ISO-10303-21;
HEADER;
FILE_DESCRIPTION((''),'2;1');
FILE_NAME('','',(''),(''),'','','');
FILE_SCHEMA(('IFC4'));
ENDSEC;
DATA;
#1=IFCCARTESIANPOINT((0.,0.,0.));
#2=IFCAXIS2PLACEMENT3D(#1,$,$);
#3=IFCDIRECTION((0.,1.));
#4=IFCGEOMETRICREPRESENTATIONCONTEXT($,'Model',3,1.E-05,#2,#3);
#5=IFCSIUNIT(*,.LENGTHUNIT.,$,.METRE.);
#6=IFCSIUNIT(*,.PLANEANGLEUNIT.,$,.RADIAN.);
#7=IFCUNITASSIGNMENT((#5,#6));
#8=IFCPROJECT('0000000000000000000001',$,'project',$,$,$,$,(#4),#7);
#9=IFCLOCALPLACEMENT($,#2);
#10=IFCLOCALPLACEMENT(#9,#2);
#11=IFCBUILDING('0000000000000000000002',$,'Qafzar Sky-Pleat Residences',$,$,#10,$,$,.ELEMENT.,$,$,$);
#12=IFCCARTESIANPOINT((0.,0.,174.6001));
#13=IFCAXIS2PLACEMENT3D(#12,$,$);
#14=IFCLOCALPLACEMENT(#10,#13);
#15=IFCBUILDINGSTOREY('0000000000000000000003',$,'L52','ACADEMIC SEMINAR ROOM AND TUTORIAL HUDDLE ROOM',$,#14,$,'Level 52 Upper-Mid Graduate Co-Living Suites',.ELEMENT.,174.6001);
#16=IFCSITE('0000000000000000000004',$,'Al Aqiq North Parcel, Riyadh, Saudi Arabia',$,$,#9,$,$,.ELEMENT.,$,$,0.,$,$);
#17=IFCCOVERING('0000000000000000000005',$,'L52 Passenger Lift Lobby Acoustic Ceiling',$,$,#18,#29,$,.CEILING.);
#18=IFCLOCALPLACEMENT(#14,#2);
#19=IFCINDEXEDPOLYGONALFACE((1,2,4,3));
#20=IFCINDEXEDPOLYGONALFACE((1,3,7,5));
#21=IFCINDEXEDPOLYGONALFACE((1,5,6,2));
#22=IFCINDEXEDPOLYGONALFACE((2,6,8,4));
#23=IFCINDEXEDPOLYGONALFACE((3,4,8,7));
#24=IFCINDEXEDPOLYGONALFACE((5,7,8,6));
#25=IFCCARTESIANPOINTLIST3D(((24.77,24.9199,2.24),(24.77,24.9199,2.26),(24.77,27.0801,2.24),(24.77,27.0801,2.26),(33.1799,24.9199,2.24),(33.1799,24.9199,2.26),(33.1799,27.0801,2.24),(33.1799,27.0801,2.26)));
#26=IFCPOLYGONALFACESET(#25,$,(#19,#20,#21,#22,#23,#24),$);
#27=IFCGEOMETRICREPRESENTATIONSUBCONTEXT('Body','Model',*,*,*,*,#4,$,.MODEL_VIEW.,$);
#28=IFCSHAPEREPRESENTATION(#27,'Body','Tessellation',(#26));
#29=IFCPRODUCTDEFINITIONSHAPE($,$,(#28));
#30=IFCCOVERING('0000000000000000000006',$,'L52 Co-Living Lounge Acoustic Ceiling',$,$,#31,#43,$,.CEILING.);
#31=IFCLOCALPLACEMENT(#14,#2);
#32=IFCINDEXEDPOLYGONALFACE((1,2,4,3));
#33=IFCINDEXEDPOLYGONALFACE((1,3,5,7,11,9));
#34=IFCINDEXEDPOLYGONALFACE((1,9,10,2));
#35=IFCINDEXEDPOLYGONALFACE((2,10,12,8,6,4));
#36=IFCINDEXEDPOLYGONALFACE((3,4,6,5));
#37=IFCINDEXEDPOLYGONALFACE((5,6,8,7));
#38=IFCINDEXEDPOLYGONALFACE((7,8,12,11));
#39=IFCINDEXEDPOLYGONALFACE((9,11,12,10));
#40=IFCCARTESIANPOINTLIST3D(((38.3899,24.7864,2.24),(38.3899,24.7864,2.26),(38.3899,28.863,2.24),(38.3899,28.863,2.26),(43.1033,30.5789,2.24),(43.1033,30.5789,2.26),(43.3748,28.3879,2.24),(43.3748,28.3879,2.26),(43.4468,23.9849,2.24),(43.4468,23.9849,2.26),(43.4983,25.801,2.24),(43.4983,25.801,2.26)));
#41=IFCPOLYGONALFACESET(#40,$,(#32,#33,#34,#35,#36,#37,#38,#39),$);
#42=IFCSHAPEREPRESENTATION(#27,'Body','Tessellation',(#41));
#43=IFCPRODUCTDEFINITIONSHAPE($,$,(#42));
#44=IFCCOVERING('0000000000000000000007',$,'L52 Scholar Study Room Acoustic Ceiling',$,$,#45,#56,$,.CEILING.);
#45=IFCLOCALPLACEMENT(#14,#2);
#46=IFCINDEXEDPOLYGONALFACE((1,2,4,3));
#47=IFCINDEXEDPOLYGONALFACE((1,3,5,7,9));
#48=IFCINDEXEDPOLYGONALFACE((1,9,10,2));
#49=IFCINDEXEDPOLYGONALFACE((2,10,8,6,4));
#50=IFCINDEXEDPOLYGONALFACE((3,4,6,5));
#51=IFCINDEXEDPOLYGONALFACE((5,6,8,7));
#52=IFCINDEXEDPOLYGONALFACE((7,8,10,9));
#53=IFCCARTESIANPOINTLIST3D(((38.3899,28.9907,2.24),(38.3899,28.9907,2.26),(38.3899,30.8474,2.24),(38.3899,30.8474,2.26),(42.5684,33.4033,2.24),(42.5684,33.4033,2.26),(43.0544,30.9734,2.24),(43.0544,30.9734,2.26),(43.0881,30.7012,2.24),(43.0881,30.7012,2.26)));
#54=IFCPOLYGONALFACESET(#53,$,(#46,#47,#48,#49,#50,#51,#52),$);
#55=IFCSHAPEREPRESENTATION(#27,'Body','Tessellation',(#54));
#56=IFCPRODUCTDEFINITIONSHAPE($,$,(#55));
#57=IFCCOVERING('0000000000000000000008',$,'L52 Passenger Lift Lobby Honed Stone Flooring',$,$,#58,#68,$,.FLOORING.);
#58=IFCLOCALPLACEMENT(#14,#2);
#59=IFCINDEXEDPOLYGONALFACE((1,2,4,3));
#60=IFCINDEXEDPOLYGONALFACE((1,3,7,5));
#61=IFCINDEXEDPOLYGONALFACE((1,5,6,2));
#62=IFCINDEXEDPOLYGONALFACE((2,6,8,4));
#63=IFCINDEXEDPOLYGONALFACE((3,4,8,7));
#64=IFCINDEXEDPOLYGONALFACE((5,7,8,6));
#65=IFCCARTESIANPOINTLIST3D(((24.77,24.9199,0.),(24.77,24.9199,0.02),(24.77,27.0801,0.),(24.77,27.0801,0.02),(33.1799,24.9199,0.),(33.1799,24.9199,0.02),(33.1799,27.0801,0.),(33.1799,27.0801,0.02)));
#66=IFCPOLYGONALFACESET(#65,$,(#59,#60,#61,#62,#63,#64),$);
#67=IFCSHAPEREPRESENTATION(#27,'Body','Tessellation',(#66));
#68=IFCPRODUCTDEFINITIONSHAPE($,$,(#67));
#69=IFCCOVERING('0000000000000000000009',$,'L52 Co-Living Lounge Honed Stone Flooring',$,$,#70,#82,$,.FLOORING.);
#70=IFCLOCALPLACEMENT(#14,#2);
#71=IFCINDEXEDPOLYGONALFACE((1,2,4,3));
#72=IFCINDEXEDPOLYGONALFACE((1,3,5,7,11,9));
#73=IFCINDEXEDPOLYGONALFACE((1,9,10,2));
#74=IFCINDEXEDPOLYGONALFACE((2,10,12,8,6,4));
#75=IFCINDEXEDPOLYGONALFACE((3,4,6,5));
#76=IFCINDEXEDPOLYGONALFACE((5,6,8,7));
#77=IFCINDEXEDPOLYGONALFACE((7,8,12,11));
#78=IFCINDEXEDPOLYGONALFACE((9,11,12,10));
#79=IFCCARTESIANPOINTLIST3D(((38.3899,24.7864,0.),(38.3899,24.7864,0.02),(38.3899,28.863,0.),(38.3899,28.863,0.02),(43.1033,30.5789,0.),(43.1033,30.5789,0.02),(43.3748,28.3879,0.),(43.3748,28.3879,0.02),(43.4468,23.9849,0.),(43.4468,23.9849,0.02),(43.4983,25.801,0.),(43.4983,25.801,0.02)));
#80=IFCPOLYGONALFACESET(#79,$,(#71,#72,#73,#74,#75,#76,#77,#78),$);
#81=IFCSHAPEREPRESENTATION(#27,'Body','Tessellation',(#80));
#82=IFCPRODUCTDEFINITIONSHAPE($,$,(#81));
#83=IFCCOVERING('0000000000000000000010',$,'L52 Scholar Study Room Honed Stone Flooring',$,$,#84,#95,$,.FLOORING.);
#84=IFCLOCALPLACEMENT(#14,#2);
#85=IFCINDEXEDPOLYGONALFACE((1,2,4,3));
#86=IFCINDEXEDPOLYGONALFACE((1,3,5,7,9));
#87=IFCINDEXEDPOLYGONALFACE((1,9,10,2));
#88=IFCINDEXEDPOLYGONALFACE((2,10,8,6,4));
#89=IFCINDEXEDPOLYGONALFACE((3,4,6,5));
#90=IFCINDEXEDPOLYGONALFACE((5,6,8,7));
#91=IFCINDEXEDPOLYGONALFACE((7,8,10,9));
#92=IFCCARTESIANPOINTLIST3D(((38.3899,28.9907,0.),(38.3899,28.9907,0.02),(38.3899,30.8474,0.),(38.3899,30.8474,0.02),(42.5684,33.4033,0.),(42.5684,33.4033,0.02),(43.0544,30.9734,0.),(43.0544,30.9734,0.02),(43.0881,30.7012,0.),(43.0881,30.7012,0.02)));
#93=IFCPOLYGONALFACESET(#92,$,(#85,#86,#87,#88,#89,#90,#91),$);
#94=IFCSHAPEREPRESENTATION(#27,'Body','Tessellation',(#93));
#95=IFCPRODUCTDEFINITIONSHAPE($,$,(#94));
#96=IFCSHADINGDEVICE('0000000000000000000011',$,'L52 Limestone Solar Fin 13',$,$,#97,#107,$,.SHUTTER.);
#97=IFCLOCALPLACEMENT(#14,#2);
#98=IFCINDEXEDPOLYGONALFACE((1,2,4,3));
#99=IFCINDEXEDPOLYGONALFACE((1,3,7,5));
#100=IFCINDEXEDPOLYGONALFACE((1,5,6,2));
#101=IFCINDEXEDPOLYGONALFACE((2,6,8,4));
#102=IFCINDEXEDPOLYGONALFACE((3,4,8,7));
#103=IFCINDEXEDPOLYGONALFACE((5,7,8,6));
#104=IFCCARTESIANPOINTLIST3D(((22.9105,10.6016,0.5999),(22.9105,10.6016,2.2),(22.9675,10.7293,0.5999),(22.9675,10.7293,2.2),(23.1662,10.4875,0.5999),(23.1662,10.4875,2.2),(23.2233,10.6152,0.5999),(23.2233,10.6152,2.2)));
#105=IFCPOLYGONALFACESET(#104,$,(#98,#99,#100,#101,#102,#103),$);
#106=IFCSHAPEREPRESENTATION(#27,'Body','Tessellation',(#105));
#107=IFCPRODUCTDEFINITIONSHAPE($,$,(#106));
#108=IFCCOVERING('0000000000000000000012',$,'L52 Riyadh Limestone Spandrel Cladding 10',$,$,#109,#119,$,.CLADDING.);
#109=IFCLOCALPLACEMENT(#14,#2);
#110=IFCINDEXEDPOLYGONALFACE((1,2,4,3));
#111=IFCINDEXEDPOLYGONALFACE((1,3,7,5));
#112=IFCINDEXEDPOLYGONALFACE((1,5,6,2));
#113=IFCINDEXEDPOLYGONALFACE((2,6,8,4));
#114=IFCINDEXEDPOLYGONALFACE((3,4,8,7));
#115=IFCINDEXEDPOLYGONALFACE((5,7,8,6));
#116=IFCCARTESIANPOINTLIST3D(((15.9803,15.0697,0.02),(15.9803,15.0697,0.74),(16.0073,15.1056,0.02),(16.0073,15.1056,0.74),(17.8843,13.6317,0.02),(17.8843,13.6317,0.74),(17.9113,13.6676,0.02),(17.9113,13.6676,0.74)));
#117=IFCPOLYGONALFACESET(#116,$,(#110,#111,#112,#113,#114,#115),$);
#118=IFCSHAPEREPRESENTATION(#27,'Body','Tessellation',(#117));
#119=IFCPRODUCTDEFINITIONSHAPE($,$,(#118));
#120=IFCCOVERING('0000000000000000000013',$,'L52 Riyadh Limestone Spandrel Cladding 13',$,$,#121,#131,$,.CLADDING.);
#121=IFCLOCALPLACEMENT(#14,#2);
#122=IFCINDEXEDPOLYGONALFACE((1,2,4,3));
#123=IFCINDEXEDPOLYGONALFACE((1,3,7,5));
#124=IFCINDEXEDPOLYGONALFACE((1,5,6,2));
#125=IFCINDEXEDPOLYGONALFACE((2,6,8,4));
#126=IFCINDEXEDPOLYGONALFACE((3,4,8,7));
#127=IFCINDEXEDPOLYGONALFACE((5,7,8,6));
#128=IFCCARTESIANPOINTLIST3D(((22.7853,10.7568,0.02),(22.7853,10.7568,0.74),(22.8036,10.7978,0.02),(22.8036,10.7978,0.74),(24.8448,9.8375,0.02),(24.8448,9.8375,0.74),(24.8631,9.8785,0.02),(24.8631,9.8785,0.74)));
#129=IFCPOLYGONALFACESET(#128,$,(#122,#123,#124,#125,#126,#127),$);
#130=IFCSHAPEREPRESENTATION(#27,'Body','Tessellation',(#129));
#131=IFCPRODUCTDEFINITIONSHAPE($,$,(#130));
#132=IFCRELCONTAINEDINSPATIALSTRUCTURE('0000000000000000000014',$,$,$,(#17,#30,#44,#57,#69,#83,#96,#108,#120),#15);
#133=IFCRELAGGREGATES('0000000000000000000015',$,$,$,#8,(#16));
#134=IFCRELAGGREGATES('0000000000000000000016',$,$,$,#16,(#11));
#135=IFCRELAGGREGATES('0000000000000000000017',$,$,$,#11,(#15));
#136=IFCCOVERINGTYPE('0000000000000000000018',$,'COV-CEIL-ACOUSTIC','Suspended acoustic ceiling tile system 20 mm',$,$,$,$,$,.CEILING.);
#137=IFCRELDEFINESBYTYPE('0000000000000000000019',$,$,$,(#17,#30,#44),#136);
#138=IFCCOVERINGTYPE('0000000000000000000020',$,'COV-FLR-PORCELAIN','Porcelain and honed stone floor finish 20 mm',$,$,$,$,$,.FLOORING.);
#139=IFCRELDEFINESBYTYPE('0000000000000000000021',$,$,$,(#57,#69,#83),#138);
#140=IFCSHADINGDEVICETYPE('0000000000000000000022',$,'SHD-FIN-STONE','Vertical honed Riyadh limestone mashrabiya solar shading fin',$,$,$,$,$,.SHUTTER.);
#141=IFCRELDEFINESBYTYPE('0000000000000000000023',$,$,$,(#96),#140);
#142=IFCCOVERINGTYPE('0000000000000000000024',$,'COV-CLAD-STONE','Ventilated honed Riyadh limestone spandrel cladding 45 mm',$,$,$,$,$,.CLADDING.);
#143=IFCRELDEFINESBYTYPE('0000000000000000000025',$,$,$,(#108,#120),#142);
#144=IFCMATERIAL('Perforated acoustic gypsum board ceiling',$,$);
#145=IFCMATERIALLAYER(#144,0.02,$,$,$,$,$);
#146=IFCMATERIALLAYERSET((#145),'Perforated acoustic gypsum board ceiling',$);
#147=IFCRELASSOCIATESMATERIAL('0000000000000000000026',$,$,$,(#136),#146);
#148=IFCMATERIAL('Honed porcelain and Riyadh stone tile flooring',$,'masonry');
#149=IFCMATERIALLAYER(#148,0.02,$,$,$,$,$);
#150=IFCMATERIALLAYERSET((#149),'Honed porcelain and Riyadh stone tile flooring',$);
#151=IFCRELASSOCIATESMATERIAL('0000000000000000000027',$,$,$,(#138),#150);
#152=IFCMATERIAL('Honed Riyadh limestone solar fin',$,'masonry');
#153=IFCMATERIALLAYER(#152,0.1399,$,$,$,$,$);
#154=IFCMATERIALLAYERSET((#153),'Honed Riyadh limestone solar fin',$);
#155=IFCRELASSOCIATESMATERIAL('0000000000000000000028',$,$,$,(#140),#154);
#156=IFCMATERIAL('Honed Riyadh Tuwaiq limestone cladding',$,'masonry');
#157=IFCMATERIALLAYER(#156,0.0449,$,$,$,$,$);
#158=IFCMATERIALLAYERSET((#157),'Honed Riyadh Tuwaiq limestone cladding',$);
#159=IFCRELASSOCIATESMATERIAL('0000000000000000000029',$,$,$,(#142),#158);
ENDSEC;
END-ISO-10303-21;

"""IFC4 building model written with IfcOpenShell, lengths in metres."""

from ifc_helpers import new_model, si_unit, direction, frame, origin, origin_2d, place, context, subcontext, project, spatial, polyline, rectangle, outline, extrude, source, transform, mapped, material, layer, layer_set, type_object, element, save


model = new_model("IFC4")

# Units and contexts
model_context = context("Model", 3, precision=1e-05, world=origin(), true_north=direction((0.0, 1.0)))
body_context = subcontext(model_context, "Body", "Model", "MODEL_VIEW")
ifc_project = project(units=[si_unit("LENGTHUNIT", "METRE"), si_unit("PLANEANGLEUNIT", "RADIAN")], contexts=[model_context])

# Site, building, storey
site_placement = place(None, origin())
site = spatial("IfcSite", under=ifc_project, at=site_placement, Name="Al Aqiq North Parcel, Riyadh, Saudi Arabia", CompositionType="ELEMENT", RefElevation=0.0)
building_placement = place(site_placement, origin())
building = spatial("IfcBuilding", under=site, at=building_placement, Name="Qafzar Sky-Pleat Residences", CompositionType="ELEMENT")
storey_placement = place(building_placement, frame((0.0, 0.0, 174.6001)))
storey = spatial("IfcBuildingStorey", under=building, at=storey_placement, Name="L52", Description="ACADEMIC SEMINAR ROOM AND TUTORIAL HUDDLE ROOM", LongName="Level 52 Upper-Mid Graduate Co-Living Suites", CompositionType="ELEMENT", Elevation=174.6001)

# Coverings
ifc_material_1 = material(Name="Perforated acoustic gypsum board ceiling")
ifc_layer_1 = layer(ifc_material_1, 0.02)
ifc_layer_set_1 = layer_set([ifc_layer_1], Name="Perforated acoustic gypsum board ceiling")
covering_type_1 = type_object("IfcCoveringType", Name="COV-CEIL-ACOUSTIC", Description="Suspended acoustic ceiling tile system 20 mm", PredefinedType="CEILING", material=ifc_layer_set_1)
covering_1_placement = place(storey_placement, frame((0.0, 0.0, 2.24)))
element("IfcCovering", 1, at=covering_1_placement, inside=storey, type_object=covering_type_1, Name="L52 Passenger Lift Lobby Acoustic Ceiling", PredefinedType="CEILING", context=body_context, shape_type="SweptSolid", body=[
    extrude(outline(polyline([(33.1799, 24.9199), (24.77, 24.9199), (24.77, 27.0801), (33.1799, 27.0801), (33.1799, 24.9199)])), origin(), (0.0, 0.0, 1.0), 0.02),
])
covering_2_placement = place(storey_placement, frame((0.0, 0.0, 2.24)))
element("IfcCovering", 2, at=covering_2_placement, inside=storey, type_object=covering_type_1, Name="L52 Co-Living Lounge Acoustic Ceiling", PredefinedType="CEILING", context=body_context, shape_type="SweptSolid", body=[
    extrude(outline(polyline([(43.3748, 28.3879), (43.4983, 25.801), (43.4468, 23.9849), (38.3899, 24.7864), (38.3899, 28.863), (43.1033, 30.5789), (43.3748, 28.3879)])), origin(), (0.0, 0.0, 1.0), 0.02),
])
covering_3_placement = place(storey_placement, frame((0.0, 0.0, 2.24)))
element("IfcCovering", 3, at=covering_3_placement, inside=storey, type_object=covering_type_1, Name="L52 Scholar Study Room Acoustic Ceiling", PredefinedType="CEILING", context=body_context, shape_type="SweptSolid", body=[
    extrude(outline(polyline([(43.0544, 30.9734), (43.0881, 30.7012), (38.3899, 28.9907), (38.3899, 30.8474), (42.5684, 33.4033), (43.0544, 30.9734)])), origin(), (0.0, 0.0, 1.0), 0.02),
])
ifc_material_2 = material(Name="Honed porcelain and Riyadh stone tile flooring", Category="masonry")
ifc_layer_2 = layer(ifc_material_2, 0.02)
ifc_layer_set_2 = layer_set([ifc_layer_2], Name="Honed porcelain and Riyadh stone tile flooring")
covering_type_2 = type_object("IfcCoveringType", Name="COV-FLR-PORCELAIN", Description="Porcelain and honed stone floor finish 20 mm", PredefinedType="FLOORING", material=ifc_layer_set_2)
covering_4_placement = place(storey_placement, origin())
element("IfcCovering", 4, at=covering_4_placement, inside=storey, type_object=covering_type_2, Name="L52 Passenger Lift Lobby Honed Stone Flooring", PredefinedType="FLOORING", context=body_context, shape_type="SweptSolid", body=[
    extrude(outline(polyline([(33.1799, 24.9199), (24.77, 24.9199), (24.77, 27.0801), (33.1799, 27.0801), (33.1799, 24.9199)])), origin(), (0.0, 0.0, 1.0), 0.02),
])
covering_5_placement = place(storey_placement, origin())
element("IfcCovering", 5, at=covering_5_placement, inside=storey, type_object=covering_type_2, Name="L52 Co-Living Lounge Honed Stone Flooring", PredefinedType="FLOORING", context=body_context, shape_type="SweptSolid", body=[
    extrude(outline(polyline([(43.3748, 28.3879), (43.4983, 25.801), (43.4468, 23.9849), (38.3899, 24.7864), (38.3899, 28.863), (43.1033, 30.5789), (43.3748, 28.3879)])), origin(), (0.0, 0.0, 1.0), 0.02),
])
covering_6_placement = place(storey_placement, origin())
element("IfcCovering", 6, at=covering_6_placement, inside=storey, type_object=covering_type_2, Name="L52 Scholar Study Room Honed Stone Flooring", PredefinedType="FLOORING", context=body_context, shape_type="SweptSolid", body=[
    extrude(outline(polyline([(43.0544, 30.9734), (43.0881, 30.7012), (38.3899, 28.9907), (38.3899, 30.8474), (42.5684, 33.4033), (43.0544, 30.9734)])), origin(), (0.0, 0.0, 1.0), 0.02),
])

# Shading device
ifc_material_3 = material(Name="Honed Riyadh limestone solar fin", Category="masonry")
ifc_layer_3 = layer(ifc_material_3, 0.1399)
ifc_layer_set_3 = layer_set([ifc_layer_3], Name="Honed Riyadh limestone solar fin")
shading_device_type = type_object("IfcShadingDeviceType", Name="SHD-FIN-STONE", Description="Vertical honed Riyadh limestone mashrabiya solar shading fin", PredefinedType="SHUTTER", material=ifc_layer_set_3)
shared_shape_1 = source(origin(), body_context, "Body", "SweptSolid", [
    extrude(rectangle(XDim=0.1399, YDim=0.28, at=origin_2d()), origin(), (0.0, 0.0, 1.0), 1.6001),
])
shading_device_placement = place(storey_placement, frame((23.0669, 10.6084, 0.5999), z_axis=(0.0, 0.0, 1.0), x_axis=(-0.407572, -0.913173, 0.0)))
element("IfcShadingDevice", 7, at=shading_device_placement, inside=storey, type_object=shading_device_type, Name="L52 Limestone Solar Fin 13", PredefinedType="SHUTTER", context=body_context, shape_type="MappedRepresentation", body=[
    mapped(shared_shape_1, transform((0.0, 0.0, 0.0), x_axis=(1.0, 0.0, 0.0), y_axis=(0.0, 1.0, 0.0), z_axis=(0.0, 0.0, 1.0), scale=1.0)),
])

# Coverings
ifc_material_4 = material(Name="Honed Riyadh Tuwaiq limestone cladding", Category="masonry")
ifc_layer_4 = layer(ifc_material_4, 0.0449)
ifc_layer_set_4 = layer_set([ifc_layer_4], Name="Honed Riyadh Tuwaiq limestone cladding")
covering_type_3 = type_object("IfcCoveringType", Name="COV-CLAD-STONE", Description="Ventilated honed Riyadh limestone spandrel cladding 45 mm", PredefinedType="CLADDING", material=ifc_layer_set_4)
shared_shape_2 = source(origin(), body_context, "Body", "SweptSolid", [
    extrude(rectangle(XDim=2.386, YDim=0.0449, at=origin_2d()), origin(), (0.0, 0.0, 1.0), 0.72),
])
covering_7_placement = place(storey_placement, frame((16.9458, 14.3687, 0.02), z_axis=(0.0, 0.0, 1.0), x_axis=(0.79799, -0.60267, 0.0)))
element("IfcCovering", 8, at=covering_7_placement, inside=storey, type_object=covering_type_3, Name="L52 Riyadh Limestone Spandrel Cladding 10", PredefinedType="CLADDING", context=body_context, shape_type="MappedRepresentation", body=[
    mapped(shared_shape_2, transform((0.0, 0.0, 0.0), x_axis=(1.0, 0.0, 0.0), y_axis=(0.0, 1.0, 0.0), z_axis=(0.0, 0.0, 1.0), scale=1.0)),
])
shared_shape_3 = source(origin(), body_context, "Body", "SweptSolid", [
    extrude(rectangle(XDim=2.2554, YDim=0.0449, at=origin_2d()), origin(), (0.0, 0.0, 1.0), 0.72),
])
covering_8_placement = place(storey_placement, frame((23.8242, 10.3176, 0.02), z_axis=(0.0, 0.0, 1.0), x_axis=(0.913162, -0.407597, 0.0)))
element("IfcCovering", 9, at=covering_8_placement, inside=storey, type_object=covering_type_3, Name="L52 Riyadh Limestone Spandrel Cladding 13", PredefinedType="CLADDING", context=body_context, shape_type="MappedRepresentation", body=[
    mapped(shared_shape_3, transform((0.0, 0.0, 0.0), x_axis=(1.0, 0.0, 0.0), y_axis=(0.0, 1.0, 0.0), z_axis=(0.0, 0.0, 1.0), scale=1.0)),
])

save(model, "model.ifc")
